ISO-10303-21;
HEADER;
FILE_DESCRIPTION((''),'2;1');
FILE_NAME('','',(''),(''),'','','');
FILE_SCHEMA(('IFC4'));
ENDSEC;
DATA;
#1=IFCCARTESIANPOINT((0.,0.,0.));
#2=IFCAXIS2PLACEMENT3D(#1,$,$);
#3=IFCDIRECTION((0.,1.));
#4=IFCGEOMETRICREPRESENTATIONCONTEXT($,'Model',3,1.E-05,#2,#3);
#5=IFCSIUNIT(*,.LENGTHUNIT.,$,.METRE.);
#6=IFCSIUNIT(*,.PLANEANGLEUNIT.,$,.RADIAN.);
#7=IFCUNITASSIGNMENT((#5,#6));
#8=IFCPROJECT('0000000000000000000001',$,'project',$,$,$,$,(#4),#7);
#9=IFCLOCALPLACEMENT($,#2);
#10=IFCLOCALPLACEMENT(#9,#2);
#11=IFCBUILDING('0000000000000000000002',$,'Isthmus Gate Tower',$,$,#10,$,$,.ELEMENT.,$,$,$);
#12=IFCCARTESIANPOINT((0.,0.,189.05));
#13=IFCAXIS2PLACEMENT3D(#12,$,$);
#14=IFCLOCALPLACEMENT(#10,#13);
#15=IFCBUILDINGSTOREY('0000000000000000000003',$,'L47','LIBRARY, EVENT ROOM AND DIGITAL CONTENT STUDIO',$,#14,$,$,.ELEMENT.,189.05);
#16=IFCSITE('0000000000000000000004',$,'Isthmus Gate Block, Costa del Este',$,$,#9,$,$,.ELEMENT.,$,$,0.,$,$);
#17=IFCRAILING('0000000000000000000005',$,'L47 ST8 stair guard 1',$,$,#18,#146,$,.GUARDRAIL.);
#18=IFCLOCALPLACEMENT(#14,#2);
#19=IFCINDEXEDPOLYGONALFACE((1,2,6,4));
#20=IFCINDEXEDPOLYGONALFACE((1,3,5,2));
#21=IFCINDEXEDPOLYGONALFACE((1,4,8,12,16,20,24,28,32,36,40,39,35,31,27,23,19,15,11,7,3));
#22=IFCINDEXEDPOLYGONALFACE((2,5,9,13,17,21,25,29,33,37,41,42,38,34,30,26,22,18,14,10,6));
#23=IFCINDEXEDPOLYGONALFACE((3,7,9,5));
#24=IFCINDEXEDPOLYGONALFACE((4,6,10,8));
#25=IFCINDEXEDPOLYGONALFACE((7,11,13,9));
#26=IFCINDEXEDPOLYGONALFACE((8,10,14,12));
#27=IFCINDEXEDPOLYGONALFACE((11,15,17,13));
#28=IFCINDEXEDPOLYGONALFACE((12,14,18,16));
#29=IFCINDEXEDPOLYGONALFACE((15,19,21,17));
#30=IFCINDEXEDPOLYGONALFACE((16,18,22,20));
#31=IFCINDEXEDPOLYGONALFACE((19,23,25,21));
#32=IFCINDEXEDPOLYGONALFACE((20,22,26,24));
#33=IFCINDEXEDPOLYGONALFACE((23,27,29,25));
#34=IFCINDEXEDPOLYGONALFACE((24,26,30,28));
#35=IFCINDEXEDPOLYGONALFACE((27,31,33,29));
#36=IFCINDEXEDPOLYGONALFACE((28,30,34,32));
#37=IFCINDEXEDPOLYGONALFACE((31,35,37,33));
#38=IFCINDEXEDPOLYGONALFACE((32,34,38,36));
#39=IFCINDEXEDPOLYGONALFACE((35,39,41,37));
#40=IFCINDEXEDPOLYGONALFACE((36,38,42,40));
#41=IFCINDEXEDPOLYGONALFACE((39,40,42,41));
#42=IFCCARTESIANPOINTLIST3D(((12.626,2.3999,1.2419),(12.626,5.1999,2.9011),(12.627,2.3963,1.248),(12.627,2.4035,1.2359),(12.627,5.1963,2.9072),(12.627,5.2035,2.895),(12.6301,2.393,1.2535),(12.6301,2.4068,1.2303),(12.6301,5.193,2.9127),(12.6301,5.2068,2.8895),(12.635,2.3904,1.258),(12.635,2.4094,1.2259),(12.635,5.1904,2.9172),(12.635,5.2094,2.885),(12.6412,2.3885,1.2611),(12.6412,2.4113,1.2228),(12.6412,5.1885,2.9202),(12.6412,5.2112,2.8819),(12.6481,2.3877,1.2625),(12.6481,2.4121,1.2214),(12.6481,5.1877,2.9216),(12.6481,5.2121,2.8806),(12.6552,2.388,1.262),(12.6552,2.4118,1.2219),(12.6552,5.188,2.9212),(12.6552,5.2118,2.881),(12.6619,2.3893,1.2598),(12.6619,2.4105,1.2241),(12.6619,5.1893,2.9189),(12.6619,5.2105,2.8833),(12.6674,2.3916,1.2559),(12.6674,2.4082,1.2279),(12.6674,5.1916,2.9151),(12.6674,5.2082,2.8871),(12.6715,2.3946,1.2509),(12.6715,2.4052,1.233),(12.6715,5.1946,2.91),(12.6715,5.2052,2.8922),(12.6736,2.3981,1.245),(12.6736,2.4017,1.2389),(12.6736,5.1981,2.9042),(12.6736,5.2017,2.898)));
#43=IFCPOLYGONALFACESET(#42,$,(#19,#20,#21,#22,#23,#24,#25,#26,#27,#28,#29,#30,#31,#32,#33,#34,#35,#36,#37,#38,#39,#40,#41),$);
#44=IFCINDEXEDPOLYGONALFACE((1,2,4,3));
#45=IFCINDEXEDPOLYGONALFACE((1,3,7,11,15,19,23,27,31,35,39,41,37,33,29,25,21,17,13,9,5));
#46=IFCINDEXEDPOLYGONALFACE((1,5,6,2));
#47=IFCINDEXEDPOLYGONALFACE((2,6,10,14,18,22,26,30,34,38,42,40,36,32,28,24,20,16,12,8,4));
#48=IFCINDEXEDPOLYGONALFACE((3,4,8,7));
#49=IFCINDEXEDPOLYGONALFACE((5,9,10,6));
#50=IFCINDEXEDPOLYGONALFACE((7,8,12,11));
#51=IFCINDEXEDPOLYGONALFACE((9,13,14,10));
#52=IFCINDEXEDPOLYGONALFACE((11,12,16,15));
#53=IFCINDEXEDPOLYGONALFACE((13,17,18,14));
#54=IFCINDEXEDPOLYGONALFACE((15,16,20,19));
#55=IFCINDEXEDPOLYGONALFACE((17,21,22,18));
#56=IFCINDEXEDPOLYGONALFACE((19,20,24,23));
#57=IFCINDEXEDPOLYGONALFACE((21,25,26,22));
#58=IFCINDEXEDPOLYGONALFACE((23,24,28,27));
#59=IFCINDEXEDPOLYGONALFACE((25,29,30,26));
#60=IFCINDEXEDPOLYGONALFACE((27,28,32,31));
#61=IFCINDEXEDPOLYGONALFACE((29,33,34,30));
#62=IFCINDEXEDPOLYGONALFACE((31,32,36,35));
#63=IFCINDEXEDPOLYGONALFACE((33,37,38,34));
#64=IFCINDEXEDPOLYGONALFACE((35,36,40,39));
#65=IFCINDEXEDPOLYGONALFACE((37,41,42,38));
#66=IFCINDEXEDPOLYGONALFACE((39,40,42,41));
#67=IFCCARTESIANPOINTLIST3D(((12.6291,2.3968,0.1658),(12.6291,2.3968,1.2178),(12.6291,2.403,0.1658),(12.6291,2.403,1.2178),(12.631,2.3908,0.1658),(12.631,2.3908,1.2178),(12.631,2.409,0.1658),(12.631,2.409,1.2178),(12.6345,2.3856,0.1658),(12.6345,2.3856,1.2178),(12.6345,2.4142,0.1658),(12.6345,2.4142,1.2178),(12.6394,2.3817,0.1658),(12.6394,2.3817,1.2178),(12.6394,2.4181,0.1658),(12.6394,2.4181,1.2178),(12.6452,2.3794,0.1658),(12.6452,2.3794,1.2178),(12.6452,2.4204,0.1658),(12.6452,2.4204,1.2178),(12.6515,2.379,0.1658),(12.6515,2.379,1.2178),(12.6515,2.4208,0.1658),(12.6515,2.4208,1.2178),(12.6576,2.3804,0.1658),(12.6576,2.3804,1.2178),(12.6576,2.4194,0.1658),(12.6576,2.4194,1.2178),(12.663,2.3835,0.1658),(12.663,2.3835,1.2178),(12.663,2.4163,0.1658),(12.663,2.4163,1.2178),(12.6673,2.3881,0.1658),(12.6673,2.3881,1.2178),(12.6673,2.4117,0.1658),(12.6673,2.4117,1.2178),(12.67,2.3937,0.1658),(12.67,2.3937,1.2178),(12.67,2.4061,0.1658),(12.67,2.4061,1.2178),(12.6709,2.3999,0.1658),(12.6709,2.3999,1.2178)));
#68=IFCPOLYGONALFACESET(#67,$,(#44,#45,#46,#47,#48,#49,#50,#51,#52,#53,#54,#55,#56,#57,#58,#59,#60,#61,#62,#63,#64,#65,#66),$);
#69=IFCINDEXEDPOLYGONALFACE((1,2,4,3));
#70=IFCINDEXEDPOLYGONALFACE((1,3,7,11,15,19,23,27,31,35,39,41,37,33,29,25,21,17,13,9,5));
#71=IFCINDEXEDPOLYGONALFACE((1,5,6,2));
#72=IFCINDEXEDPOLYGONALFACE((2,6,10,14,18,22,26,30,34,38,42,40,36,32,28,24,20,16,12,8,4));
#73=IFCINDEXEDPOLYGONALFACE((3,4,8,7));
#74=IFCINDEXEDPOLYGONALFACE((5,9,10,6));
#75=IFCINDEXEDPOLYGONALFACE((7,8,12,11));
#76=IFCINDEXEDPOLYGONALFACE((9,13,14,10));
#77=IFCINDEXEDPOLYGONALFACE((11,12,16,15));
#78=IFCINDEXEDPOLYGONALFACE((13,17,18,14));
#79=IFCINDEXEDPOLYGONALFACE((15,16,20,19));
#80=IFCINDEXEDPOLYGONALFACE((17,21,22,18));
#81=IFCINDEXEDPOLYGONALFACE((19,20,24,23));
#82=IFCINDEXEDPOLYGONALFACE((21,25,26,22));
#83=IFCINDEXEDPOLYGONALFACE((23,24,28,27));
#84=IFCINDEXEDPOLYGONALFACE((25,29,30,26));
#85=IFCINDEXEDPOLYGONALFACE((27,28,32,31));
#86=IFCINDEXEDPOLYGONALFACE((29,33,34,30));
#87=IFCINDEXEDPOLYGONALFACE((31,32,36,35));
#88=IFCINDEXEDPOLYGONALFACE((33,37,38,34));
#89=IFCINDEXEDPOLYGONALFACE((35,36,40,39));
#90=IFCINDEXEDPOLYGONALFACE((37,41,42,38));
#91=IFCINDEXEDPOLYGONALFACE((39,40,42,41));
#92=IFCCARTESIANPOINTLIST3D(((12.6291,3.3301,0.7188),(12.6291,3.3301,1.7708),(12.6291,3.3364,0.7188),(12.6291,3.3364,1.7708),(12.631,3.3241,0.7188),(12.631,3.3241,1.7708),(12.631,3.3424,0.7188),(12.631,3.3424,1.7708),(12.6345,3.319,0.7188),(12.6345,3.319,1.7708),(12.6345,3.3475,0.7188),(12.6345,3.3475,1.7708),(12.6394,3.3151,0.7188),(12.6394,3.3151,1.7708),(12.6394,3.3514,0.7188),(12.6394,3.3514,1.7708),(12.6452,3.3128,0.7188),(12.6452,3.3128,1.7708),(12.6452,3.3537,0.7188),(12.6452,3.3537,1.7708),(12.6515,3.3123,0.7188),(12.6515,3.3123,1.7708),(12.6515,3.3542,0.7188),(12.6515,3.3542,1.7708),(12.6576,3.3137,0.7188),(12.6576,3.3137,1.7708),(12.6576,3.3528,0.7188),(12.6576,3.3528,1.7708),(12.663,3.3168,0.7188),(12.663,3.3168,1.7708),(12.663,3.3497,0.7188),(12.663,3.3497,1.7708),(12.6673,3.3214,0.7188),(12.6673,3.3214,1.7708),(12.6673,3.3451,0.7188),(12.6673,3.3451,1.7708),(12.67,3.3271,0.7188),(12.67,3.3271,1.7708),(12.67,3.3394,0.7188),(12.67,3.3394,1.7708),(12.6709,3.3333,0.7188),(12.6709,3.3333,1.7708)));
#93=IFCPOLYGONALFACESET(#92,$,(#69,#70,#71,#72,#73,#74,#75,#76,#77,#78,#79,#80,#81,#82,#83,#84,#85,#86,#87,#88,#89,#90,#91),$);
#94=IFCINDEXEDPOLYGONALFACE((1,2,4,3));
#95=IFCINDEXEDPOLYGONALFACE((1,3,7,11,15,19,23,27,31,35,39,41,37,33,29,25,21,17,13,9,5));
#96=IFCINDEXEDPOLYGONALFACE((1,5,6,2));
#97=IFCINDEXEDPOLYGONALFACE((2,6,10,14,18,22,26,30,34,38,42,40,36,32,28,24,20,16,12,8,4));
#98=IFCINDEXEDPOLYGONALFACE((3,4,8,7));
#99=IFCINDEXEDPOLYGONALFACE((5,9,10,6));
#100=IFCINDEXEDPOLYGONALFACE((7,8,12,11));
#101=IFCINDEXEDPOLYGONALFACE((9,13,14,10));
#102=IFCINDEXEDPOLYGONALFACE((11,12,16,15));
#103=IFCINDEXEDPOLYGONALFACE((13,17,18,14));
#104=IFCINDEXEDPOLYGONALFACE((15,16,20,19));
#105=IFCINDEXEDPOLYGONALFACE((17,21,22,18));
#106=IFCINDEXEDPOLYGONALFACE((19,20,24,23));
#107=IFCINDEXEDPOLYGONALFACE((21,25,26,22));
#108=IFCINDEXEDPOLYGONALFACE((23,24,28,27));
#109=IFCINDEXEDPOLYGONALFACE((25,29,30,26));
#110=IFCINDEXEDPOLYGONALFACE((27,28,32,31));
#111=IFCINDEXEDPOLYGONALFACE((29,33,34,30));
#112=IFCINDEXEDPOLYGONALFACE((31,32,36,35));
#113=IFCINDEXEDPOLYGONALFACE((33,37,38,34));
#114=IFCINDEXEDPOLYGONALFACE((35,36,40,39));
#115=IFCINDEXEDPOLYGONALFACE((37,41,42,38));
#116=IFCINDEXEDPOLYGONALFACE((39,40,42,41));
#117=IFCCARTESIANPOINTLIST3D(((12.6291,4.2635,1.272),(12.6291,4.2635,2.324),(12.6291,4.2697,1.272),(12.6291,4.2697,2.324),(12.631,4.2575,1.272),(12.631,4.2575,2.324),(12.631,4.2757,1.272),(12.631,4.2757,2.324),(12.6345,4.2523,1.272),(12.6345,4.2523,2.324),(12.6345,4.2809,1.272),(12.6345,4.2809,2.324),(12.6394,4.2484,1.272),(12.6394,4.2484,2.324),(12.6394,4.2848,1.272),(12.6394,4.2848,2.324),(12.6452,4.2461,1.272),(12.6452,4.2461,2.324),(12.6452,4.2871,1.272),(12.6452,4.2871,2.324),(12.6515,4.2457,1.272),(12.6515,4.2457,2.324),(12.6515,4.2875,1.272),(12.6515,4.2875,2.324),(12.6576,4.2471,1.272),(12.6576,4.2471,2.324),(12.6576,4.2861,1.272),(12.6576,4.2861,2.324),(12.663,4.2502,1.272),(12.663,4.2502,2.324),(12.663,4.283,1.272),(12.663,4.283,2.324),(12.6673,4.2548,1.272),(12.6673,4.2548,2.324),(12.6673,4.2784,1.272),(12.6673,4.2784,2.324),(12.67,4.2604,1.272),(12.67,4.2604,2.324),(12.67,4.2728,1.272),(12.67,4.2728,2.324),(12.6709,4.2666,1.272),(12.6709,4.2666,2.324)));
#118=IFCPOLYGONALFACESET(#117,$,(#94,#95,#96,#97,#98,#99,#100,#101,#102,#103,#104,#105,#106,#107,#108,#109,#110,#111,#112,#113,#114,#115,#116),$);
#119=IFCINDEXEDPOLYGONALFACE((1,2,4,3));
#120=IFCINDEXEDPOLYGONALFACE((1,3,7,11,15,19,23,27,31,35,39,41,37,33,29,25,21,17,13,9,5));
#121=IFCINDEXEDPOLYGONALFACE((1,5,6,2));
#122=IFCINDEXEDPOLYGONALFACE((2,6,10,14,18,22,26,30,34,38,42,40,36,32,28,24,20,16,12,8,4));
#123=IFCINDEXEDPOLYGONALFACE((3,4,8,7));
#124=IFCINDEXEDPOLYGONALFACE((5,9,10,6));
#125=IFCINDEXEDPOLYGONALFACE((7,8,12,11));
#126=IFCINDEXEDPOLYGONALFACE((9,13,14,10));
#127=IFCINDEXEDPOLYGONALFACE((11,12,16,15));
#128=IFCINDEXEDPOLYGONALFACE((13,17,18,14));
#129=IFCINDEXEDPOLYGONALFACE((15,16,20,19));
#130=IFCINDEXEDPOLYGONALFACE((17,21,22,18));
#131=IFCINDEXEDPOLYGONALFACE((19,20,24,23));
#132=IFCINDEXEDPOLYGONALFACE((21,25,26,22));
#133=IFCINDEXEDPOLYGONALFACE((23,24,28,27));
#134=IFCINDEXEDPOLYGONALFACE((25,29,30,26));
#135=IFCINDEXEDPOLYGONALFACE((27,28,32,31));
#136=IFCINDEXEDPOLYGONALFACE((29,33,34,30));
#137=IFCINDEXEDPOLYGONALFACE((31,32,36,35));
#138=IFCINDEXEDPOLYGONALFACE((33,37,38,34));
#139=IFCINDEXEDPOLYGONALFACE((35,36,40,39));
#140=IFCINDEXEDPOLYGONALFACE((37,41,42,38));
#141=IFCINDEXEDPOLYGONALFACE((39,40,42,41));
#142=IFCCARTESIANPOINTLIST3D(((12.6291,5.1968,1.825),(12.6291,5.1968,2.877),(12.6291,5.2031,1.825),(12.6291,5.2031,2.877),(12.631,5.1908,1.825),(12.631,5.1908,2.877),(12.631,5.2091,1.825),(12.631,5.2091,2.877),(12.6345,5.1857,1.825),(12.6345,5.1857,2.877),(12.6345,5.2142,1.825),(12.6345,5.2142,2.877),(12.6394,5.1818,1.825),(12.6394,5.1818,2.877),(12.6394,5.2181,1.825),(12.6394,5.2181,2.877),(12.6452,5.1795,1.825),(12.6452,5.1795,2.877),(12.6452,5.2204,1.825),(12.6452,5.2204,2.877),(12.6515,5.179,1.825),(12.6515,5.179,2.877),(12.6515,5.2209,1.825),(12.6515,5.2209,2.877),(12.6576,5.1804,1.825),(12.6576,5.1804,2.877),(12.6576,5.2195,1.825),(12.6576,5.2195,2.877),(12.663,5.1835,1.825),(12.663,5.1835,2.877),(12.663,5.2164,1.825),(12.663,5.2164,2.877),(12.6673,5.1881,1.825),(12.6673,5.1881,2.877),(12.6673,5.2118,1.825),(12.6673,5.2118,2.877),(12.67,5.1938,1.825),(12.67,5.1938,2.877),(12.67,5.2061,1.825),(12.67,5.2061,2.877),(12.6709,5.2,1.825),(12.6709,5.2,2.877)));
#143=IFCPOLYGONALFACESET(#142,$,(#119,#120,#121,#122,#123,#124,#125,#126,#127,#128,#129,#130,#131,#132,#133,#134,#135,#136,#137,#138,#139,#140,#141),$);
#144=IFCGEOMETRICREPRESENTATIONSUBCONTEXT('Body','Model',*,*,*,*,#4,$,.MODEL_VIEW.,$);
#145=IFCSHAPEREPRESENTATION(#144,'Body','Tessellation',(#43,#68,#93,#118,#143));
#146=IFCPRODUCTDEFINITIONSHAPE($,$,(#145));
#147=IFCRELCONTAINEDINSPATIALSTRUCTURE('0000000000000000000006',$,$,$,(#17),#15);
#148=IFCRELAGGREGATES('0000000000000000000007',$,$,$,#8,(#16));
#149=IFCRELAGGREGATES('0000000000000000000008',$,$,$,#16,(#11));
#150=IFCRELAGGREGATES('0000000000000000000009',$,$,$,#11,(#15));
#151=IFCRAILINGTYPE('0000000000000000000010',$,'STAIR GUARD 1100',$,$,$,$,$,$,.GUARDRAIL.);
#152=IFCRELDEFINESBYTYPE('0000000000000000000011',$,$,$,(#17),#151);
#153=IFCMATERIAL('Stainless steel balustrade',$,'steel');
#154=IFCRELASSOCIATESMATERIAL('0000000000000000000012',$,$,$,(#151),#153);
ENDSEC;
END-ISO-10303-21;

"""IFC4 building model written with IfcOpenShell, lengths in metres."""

from ifc_helpers import new_model, si_unit, direction, frame, origin, origin_2d, place, context, subcontext, project, spatial, circle, extrude, material, type_object, element, save


model = new_model("IFC4")

# Units and contexts
model_context = context("Model", 3, precision=1e-05, world=origin(), true_north=direction((0.0, 1.0)))
body_context = subcontext(model_context, "Body", "Model", "MODEL_VIEW")
ifc_project = project(units=[si_unit("LENGTHUNIT", "METRE"), si_unit("PLANEANGLEUNIT", "RADIAN")], contexts=[model_context])

# Site, building, storey
site_placement = place(None, origin())
site = spatial("IfcSite", under=ifc_project, at=site_placement, Name="Isthmus Gate Block, Costa del Este", CompositionType="ELEMENT", RefElevation=0.0)
building_placement = place(site_placement, origin())
building = spatial("IfcBuilding", under=site, at=building_placement, Name="Isthmus Gate Tower", CompositionType="ELEMENT")
storey_placement = place(building_placement, frame((0.0, 0.0, 189.05)))
storey = spatial("IfcBuildingStorey", under=building, at=storey_placement, Name="L47", Description="LIBRARY, EVENT ROOM AND DIGITAL CONTENT STUDIO", CompositionType="ELEMENT", Elevation=189.05)

# Railing
ifc_material_1 = material(Name="Stainless steel balustrade", Category="steel")
railing_type_1 = type_object("IfcRailingType", Name="STAIR GUARD 1100", PredefinedType="GUARDRAIL", material=ifc_material_1)
railing_1_placement = place(storey_placement, frame((12.6499, 2.3999, 0.1658)))
element("IfcRailing", 1, at=railing_1_placement, inside=storey, type_object=railing_type_1, Name="L47 ST8 stair guard 1", PredefinedType="GUARDRAIL", context=body_context, shape_type="SweptSolid", body=[
    extrude(circle(Radius=0.0239, at=origin_2d()), frame((0.0, 0.0, 1.0762), z_axis=(0.0, 0.860306, 0.509778), x_axis=(-1.0, 0.0, 0.0)), (0.0, 0.0, 1.0), 3.2546),
    extrude(circle(Radius=0.021, at=origin_2d()), origin(), (0.0, 0.0, 1.0), 1.052),
    extrude(circle(Radius=0.021, at=origin_2d()), frame((0.0, 0.9333, 0.553)), (0.0, 0.0, 1.0), 1.052),
    extrude(circle(Radius=0.021, at=origin_2d()), frame((0.0, 1.8667, 1.1062)), (0.0, 0.0, 1.0), 1.052),
    extrude(circle(Radius=0.021, at=origin_2d()), frame((0.0, 2.8, 1.6592)), (0.0, 0.0, 1.0), 1.052),
])

save(model, "model.ifc")
